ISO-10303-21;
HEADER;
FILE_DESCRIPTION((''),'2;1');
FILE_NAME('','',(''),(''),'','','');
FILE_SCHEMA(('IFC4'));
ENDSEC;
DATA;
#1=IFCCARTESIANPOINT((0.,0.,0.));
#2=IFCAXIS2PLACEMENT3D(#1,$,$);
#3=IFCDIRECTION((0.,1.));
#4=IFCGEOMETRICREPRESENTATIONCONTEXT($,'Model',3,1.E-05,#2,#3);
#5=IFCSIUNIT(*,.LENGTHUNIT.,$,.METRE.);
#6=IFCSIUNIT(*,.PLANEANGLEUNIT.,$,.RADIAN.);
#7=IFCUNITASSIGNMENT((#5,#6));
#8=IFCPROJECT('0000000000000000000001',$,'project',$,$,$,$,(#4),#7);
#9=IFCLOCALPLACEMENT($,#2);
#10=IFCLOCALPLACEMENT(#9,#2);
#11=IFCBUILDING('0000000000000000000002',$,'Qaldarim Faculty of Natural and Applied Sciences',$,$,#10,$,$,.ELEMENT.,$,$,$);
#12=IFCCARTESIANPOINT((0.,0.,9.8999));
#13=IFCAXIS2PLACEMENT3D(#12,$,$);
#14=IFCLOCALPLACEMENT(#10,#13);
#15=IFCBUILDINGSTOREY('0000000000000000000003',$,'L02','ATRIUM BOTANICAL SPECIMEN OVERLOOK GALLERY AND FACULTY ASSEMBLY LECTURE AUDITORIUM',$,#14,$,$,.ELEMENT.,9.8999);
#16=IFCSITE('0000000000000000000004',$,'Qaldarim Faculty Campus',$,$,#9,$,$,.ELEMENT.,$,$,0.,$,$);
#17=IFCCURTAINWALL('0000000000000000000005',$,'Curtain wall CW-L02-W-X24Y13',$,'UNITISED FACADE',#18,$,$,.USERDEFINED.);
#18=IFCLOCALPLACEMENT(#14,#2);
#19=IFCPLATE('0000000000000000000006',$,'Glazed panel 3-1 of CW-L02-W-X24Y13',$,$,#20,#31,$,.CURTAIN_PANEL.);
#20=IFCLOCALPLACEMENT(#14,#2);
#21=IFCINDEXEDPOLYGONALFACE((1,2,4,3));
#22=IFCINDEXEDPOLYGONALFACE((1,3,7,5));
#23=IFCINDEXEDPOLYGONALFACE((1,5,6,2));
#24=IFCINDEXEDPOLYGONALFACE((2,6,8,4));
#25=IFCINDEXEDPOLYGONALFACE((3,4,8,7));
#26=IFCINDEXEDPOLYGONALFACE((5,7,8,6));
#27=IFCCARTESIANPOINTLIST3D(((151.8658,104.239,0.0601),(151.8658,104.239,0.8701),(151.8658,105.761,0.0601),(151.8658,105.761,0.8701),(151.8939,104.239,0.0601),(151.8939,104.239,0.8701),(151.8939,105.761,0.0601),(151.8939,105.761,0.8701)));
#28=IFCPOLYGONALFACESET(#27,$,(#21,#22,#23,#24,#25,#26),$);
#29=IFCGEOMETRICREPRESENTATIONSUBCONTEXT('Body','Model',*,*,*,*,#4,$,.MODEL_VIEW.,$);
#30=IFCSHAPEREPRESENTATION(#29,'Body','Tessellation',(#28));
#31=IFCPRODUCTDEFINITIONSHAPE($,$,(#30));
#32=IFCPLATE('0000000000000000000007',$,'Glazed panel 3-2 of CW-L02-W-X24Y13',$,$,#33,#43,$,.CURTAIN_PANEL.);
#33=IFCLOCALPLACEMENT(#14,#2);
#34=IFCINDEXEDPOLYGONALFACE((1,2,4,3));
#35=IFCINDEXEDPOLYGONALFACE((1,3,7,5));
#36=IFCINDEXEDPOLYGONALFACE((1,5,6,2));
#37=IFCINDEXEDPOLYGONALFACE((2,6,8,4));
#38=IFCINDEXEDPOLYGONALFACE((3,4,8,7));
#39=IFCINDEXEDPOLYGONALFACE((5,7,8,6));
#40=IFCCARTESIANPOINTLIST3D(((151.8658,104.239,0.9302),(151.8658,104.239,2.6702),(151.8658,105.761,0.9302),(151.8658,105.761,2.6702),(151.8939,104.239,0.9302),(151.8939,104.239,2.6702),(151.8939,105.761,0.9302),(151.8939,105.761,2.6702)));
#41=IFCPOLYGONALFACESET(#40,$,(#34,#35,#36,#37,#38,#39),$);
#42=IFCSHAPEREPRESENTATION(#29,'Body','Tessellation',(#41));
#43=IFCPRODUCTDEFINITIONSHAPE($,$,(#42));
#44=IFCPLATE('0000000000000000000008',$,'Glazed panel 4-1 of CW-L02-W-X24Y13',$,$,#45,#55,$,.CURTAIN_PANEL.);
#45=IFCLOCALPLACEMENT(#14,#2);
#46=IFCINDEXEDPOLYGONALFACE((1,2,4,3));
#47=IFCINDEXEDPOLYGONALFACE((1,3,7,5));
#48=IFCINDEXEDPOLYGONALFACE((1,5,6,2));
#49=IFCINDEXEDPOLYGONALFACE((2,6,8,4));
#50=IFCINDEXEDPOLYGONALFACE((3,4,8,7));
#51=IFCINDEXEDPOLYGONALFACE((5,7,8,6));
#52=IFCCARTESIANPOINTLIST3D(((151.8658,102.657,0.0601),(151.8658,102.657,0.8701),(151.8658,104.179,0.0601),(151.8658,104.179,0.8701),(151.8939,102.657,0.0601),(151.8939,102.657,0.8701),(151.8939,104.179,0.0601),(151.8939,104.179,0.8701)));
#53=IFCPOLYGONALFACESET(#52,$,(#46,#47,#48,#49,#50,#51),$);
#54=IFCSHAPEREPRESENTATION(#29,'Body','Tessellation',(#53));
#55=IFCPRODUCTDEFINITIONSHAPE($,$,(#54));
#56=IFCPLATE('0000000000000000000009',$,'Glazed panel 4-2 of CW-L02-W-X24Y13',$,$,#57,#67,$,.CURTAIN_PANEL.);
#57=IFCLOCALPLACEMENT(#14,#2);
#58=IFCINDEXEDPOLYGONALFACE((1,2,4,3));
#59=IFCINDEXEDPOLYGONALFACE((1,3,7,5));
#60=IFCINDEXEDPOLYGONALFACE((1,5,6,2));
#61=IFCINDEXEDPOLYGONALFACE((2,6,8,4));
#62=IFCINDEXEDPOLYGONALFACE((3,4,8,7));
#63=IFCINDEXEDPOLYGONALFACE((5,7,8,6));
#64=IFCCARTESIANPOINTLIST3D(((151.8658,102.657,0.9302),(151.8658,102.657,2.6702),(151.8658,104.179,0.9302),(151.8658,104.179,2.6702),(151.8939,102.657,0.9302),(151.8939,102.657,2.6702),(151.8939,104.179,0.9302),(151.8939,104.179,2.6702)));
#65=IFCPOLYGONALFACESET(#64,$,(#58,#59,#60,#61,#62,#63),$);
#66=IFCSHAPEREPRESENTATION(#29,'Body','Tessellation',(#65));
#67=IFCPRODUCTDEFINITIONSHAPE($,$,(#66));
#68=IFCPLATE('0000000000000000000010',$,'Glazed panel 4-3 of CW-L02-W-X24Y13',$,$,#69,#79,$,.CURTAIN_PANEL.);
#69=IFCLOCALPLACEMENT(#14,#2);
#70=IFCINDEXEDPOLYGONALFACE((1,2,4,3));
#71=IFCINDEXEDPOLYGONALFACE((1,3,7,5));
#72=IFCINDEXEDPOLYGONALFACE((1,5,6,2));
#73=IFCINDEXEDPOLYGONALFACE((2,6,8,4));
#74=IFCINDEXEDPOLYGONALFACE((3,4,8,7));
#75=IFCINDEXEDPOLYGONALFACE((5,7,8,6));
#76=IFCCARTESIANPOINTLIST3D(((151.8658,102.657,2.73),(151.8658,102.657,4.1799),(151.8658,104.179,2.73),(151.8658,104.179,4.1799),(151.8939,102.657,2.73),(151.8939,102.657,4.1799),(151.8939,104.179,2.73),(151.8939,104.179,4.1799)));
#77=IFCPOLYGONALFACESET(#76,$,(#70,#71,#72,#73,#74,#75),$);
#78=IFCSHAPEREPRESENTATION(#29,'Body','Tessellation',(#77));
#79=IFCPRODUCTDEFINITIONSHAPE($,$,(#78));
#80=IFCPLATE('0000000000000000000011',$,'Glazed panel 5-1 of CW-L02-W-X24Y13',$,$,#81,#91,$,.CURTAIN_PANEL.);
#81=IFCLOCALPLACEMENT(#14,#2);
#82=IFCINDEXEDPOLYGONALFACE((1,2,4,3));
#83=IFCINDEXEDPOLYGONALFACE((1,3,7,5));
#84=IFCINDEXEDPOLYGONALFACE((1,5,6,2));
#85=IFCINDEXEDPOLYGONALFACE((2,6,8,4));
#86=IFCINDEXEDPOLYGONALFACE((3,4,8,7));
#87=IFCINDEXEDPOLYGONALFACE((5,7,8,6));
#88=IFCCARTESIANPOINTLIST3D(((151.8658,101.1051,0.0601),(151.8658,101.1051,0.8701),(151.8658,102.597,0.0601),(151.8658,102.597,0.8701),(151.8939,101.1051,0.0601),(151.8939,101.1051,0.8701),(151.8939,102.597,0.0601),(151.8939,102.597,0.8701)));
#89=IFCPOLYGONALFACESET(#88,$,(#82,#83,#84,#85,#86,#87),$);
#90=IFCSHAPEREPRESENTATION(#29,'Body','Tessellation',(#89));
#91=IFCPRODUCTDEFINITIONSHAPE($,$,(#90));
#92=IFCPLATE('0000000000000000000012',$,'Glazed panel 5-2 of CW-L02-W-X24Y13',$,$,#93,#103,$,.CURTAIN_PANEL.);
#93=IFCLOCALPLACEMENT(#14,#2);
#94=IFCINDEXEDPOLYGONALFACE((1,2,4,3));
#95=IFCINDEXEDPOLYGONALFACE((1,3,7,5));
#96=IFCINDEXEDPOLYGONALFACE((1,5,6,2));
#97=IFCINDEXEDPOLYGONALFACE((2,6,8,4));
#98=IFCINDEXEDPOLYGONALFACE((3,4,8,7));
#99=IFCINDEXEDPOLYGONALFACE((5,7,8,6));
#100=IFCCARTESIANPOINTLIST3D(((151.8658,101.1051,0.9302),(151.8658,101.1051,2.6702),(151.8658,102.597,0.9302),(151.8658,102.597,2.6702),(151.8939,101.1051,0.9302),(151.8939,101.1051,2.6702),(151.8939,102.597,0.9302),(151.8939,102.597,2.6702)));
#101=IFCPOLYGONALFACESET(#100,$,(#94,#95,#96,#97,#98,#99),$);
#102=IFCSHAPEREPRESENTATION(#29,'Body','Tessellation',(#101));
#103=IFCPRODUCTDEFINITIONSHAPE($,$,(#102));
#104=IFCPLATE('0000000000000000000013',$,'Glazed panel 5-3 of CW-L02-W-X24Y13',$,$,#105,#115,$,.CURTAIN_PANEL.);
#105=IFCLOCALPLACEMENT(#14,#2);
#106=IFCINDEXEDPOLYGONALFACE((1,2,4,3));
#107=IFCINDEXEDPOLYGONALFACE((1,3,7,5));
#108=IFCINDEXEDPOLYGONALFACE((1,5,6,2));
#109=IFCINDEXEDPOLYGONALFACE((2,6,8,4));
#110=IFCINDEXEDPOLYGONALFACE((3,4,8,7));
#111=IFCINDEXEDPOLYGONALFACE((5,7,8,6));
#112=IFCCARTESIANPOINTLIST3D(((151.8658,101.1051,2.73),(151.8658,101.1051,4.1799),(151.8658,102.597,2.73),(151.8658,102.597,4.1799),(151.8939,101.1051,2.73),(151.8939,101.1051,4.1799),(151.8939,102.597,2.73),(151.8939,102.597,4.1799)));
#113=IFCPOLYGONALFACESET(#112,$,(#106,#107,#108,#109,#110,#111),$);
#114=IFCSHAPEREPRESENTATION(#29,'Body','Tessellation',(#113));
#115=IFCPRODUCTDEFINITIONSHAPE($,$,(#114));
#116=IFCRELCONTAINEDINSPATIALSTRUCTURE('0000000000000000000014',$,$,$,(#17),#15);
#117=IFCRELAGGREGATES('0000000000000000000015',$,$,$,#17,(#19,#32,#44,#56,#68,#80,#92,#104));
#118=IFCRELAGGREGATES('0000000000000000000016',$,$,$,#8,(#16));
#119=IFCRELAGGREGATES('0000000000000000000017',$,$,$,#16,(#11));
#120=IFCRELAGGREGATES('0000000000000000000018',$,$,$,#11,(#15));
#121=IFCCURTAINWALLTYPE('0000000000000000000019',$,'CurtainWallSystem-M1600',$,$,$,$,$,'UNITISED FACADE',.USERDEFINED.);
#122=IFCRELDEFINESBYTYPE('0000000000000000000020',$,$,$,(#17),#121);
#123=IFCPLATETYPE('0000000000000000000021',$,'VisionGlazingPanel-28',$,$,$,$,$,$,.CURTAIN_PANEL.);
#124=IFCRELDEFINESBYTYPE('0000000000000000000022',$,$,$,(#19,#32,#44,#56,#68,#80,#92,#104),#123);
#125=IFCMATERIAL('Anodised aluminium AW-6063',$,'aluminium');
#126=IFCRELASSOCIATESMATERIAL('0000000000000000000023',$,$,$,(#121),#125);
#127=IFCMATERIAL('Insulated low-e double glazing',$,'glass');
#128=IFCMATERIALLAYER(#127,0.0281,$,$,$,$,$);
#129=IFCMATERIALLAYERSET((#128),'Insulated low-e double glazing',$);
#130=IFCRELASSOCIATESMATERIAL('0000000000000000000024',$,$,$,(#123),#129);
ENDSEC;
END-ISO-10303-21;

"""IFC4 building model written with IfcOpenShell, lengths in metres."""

from ifc_helpers import new_model, si_unit, direction, frame, origin, origin_2d, place, context, subcontext, project, spatial, rectangle, extrude, material, layer, layer_set, type_object, element, aggregate, save


model = new_model("IFC4")

# Units and contexts
model_context = context("Model", 3, precision=1e-05, world=origin(), true_north=direction((0.0, 1.0)))
body_context = subcontext(model_context, "Body", "Model", "MODEL_VIEW")
ifc_project = project(units=[si_unit("LENGTHUNIT", "METRE"), si_unit("PLANEANGLEUNIT", "RADIAN")], contexts=[model_context])

# Site, building, storey
site_placement = place(None, origin())
site = spatial("IfcSite", under=ifc_project, at=site_placement, Name="Qaldarim Faculty Campus", CompositionType="ELEMENT", RefElevation=0.0)
building_placement = place(site_placement, origin())
building = spatial("IfcBuilding", under=site, at=building_placement, Name="Qaldarim Faculty of Natural and Applied Sciences", CompositionType="ELEMENT")
storey_placement = place(building_placement, frame((0.0, 0.0, 9.8999)))
storey = spatial("IfcBuildingStorey", under=building, at=storey_placement, Name="L02", Description="ATRIUM BOTANICAL SPECIMEN OVERLOOK GALLERY AND FACULTY ASSEMBLY LECTURE AUDITORIUM", CompositionType="ELEMENT", Elevation=9.8999)

# Curtain wall
ifc_material_1 = material(Name="Anodised aluminium AW-6063", Category="aluminium")
curtain_wall_type = type_object("IfcCurtainWallType", Name="CurtainWallSystem-M1600", ElementType="UNITISED FACADE", PredefinedType="USERDEFINED", material=ifc_material_1)
curtain_wall_placement = place(storey_placement, origin())
curtain_wall = element("IfcCurtainWall", 1, at=curtain_wall_placement, inside=storey, type_object=curtain_wall_type, Name="Curtain wall CW-L02-W-X24Y13", ObjectType="UNITISED FACADE", PredefinedType="USERDEFINED")

# Plates
ifc_material_2 = material(Name="Insulated low-e double glazing", Category="glass")
ifc_layer = layer(ifc_material_2, 0.0281)
ifc_layer_set = layer_set([ifc_layer], Name="Insulated low-e double glazing")
plate_type = type_object("IfcPlateType", Name="VisionGlazingPanel-28", PredefinedType="CURTAIN_PANEL", material=ifc_layer_set)
plate_1_placement = place(storey_placement, frame((151.8799, 105.0, 0.0601), z_axis=(0.0, 0.0, 1.0), x_axis=(0.0, -1.0, 0.0)))
plate_1 = element("IfcPlate", 2, at=plate_1_placement, type_object=plate_type, Name="Glazed panel 3-1 of CW-L02-W-X24Y13", PredefinedType="CURTAIN_PANEL", context=body_context, shape_type="SweptSolid", body=[
    extrude(rectangle(XDim=1.522, YDim=0.0281, at=origin_2d()), origin(), (0.0, 0.0, 1.0), 0.8101),
])
plate_2_placement = place(storey_placement, frame((151.8799, 105.0, 0.9302), z_axis=(0.0, 0.0, 1.0), x_axis=(0.0, -1.0, 0.0)))
plate_2 = element("IfcPlate", 3, at=plate_2_placement, type_object=plate_type, Name="Glazed panel 3-2 of CW-L02-W-X24Y13", PredefinedType="CURTAIN_PANEL", context=body_context, shape_type="SweptSolid", body=[
    extrude(rectangle(XDim=1.522, YDim=0.0281, at=origin_2d()), origin(), (0.0, 0.0, 1.0), 1.74),
])
plate_3_placement = place(storey_placement, frame((151.8799, 103.418, 0.0601), z_axis=(0.0, 0.0, 1.0), x_axis=(0.0, -1.0, 0.0)))
plate_3 = element("IfcPlate", 4, at=plate_3_placement, type_object=plate_type, Name="Glazed panel 4-1 of CW-L02-W-X24Y13", PredefinedType="CURTAIN_PANEL", context=body_context, shape_type="SweptSolid", body=[
    extrude(rectangle(XDim=1.522, YDim=0.0281, at=origin_2d()), origin(), (0.0, 0.0, 1.0), 0.8101),
])
plate_4_placement = place(storey_placement, frame((151.8799, 103.418, 0.9302), z_axis=(0.0, 0.0, 1.0), x_axis=(0.0, -1.0, 0.0)))
plate_4 = element("IfcPlate", 5, at=plate_4_placement, type_object=plate_type, Name="Glazed panel 4-2 of CW-L02-W-X24Y13", PredefinedType="CURTAIN_PANEL", context=body_context, shape_type="SweptSolid", body=[
    extrude(rectangle(XDim=1.522, YDim=0.0281, at=origin_2d()), origin(), (0.0, 0.0, 1.0), 1.74),
])
plate_5_placement = place(storey_placement, frame((151.8799, 103.418, 2.73), z_axis=(0.0, 0.0, 1.0), x_axis=(0.0, -1.0, 0.0)))
plate_5 = element("IfcPlate", 6, at=plate_5_placement, type_object=plate_type, Name="Glazed panel 4-3 of CW-L02-W-X24Y13", PredefinedType="CURTAIN_PANEL", context=body_context, shape_type="SweptSolid", body=[
    extrude(rectangle(XDim=1.522, YDim=0.0281, at=origin_2d()), origin(), (0.0, 0.0, 1.0), 1.45),
])
plate_6_placement = place(storey_placement, frame((151.8799, 101.8511, 0.0601), z_axis=(0.0, 0.0, 1.0), x_axis=(0.0, -1.0, 0.0)))
plate_6 = element("IfcPlate", 7, at=plate_6_placement, type_object=plate_type, Name="Glazed panel 5-1 of CW-L02-W-X24Y13", PredefinedType="CURTAIN_PANEL", context=body_context, shape_type="SweptSolid", body=[
    extrude(rectangle(XDim=1.4919, YDim=0.0281, at=origin_2d()), origin(), (0.0, 0.0, 1.0), 0.8101),
])
plate_7_placement = place(storey_placement, frame((151.8799, 101.8511, 0.9302), z_axis=(0.0, 0.0, 1.0), x_axis=(0.0, -1.0, 0.0)))
plate_7 = element("IfcPlate", 8, at=plate_7_placement, type_object=plate_type, Name="Glazed panel 5-2 of CW-L02-W-X24Y13", PredefinedType="CURTAIN_PANEL", context=body_context, shape_type="SweptSolid", body=[
    extrude(rectangle(XDim=1.4919, YDim=0.0281, at=origin_2d()), origin(), (0.0, 0.0, 1.0), 1.74),
])
plate_8_placement = place(storey_placement, frame((151.8799, 101.8511, 2.73), z_axis=(0.0, 0.0, 1.0), x_axis=(0.0, -1.0, 0.0)))
plate_8 = element("IfcPlate", 9, at=plate_8_placement, type_object=plate_type, Name="Glazed panel 5-3 of CW-L02-W-X24Y13", PredefinedType="CURTAIN_PANEL", context=body_context, shape_type="SweptSolid", body=[
    extrude(rectangle(XDim=1.4919, YDim=0.0281, at=origin_2d()), origin(), (0.0, 0.0, 1.0), 1.45),
])
aggregate(curtain_wall, [plate_1, plate_2, plate_3, plate_4, plate_5, plate_6, plate_7, plate_8])

save(model, "model.ifc")
